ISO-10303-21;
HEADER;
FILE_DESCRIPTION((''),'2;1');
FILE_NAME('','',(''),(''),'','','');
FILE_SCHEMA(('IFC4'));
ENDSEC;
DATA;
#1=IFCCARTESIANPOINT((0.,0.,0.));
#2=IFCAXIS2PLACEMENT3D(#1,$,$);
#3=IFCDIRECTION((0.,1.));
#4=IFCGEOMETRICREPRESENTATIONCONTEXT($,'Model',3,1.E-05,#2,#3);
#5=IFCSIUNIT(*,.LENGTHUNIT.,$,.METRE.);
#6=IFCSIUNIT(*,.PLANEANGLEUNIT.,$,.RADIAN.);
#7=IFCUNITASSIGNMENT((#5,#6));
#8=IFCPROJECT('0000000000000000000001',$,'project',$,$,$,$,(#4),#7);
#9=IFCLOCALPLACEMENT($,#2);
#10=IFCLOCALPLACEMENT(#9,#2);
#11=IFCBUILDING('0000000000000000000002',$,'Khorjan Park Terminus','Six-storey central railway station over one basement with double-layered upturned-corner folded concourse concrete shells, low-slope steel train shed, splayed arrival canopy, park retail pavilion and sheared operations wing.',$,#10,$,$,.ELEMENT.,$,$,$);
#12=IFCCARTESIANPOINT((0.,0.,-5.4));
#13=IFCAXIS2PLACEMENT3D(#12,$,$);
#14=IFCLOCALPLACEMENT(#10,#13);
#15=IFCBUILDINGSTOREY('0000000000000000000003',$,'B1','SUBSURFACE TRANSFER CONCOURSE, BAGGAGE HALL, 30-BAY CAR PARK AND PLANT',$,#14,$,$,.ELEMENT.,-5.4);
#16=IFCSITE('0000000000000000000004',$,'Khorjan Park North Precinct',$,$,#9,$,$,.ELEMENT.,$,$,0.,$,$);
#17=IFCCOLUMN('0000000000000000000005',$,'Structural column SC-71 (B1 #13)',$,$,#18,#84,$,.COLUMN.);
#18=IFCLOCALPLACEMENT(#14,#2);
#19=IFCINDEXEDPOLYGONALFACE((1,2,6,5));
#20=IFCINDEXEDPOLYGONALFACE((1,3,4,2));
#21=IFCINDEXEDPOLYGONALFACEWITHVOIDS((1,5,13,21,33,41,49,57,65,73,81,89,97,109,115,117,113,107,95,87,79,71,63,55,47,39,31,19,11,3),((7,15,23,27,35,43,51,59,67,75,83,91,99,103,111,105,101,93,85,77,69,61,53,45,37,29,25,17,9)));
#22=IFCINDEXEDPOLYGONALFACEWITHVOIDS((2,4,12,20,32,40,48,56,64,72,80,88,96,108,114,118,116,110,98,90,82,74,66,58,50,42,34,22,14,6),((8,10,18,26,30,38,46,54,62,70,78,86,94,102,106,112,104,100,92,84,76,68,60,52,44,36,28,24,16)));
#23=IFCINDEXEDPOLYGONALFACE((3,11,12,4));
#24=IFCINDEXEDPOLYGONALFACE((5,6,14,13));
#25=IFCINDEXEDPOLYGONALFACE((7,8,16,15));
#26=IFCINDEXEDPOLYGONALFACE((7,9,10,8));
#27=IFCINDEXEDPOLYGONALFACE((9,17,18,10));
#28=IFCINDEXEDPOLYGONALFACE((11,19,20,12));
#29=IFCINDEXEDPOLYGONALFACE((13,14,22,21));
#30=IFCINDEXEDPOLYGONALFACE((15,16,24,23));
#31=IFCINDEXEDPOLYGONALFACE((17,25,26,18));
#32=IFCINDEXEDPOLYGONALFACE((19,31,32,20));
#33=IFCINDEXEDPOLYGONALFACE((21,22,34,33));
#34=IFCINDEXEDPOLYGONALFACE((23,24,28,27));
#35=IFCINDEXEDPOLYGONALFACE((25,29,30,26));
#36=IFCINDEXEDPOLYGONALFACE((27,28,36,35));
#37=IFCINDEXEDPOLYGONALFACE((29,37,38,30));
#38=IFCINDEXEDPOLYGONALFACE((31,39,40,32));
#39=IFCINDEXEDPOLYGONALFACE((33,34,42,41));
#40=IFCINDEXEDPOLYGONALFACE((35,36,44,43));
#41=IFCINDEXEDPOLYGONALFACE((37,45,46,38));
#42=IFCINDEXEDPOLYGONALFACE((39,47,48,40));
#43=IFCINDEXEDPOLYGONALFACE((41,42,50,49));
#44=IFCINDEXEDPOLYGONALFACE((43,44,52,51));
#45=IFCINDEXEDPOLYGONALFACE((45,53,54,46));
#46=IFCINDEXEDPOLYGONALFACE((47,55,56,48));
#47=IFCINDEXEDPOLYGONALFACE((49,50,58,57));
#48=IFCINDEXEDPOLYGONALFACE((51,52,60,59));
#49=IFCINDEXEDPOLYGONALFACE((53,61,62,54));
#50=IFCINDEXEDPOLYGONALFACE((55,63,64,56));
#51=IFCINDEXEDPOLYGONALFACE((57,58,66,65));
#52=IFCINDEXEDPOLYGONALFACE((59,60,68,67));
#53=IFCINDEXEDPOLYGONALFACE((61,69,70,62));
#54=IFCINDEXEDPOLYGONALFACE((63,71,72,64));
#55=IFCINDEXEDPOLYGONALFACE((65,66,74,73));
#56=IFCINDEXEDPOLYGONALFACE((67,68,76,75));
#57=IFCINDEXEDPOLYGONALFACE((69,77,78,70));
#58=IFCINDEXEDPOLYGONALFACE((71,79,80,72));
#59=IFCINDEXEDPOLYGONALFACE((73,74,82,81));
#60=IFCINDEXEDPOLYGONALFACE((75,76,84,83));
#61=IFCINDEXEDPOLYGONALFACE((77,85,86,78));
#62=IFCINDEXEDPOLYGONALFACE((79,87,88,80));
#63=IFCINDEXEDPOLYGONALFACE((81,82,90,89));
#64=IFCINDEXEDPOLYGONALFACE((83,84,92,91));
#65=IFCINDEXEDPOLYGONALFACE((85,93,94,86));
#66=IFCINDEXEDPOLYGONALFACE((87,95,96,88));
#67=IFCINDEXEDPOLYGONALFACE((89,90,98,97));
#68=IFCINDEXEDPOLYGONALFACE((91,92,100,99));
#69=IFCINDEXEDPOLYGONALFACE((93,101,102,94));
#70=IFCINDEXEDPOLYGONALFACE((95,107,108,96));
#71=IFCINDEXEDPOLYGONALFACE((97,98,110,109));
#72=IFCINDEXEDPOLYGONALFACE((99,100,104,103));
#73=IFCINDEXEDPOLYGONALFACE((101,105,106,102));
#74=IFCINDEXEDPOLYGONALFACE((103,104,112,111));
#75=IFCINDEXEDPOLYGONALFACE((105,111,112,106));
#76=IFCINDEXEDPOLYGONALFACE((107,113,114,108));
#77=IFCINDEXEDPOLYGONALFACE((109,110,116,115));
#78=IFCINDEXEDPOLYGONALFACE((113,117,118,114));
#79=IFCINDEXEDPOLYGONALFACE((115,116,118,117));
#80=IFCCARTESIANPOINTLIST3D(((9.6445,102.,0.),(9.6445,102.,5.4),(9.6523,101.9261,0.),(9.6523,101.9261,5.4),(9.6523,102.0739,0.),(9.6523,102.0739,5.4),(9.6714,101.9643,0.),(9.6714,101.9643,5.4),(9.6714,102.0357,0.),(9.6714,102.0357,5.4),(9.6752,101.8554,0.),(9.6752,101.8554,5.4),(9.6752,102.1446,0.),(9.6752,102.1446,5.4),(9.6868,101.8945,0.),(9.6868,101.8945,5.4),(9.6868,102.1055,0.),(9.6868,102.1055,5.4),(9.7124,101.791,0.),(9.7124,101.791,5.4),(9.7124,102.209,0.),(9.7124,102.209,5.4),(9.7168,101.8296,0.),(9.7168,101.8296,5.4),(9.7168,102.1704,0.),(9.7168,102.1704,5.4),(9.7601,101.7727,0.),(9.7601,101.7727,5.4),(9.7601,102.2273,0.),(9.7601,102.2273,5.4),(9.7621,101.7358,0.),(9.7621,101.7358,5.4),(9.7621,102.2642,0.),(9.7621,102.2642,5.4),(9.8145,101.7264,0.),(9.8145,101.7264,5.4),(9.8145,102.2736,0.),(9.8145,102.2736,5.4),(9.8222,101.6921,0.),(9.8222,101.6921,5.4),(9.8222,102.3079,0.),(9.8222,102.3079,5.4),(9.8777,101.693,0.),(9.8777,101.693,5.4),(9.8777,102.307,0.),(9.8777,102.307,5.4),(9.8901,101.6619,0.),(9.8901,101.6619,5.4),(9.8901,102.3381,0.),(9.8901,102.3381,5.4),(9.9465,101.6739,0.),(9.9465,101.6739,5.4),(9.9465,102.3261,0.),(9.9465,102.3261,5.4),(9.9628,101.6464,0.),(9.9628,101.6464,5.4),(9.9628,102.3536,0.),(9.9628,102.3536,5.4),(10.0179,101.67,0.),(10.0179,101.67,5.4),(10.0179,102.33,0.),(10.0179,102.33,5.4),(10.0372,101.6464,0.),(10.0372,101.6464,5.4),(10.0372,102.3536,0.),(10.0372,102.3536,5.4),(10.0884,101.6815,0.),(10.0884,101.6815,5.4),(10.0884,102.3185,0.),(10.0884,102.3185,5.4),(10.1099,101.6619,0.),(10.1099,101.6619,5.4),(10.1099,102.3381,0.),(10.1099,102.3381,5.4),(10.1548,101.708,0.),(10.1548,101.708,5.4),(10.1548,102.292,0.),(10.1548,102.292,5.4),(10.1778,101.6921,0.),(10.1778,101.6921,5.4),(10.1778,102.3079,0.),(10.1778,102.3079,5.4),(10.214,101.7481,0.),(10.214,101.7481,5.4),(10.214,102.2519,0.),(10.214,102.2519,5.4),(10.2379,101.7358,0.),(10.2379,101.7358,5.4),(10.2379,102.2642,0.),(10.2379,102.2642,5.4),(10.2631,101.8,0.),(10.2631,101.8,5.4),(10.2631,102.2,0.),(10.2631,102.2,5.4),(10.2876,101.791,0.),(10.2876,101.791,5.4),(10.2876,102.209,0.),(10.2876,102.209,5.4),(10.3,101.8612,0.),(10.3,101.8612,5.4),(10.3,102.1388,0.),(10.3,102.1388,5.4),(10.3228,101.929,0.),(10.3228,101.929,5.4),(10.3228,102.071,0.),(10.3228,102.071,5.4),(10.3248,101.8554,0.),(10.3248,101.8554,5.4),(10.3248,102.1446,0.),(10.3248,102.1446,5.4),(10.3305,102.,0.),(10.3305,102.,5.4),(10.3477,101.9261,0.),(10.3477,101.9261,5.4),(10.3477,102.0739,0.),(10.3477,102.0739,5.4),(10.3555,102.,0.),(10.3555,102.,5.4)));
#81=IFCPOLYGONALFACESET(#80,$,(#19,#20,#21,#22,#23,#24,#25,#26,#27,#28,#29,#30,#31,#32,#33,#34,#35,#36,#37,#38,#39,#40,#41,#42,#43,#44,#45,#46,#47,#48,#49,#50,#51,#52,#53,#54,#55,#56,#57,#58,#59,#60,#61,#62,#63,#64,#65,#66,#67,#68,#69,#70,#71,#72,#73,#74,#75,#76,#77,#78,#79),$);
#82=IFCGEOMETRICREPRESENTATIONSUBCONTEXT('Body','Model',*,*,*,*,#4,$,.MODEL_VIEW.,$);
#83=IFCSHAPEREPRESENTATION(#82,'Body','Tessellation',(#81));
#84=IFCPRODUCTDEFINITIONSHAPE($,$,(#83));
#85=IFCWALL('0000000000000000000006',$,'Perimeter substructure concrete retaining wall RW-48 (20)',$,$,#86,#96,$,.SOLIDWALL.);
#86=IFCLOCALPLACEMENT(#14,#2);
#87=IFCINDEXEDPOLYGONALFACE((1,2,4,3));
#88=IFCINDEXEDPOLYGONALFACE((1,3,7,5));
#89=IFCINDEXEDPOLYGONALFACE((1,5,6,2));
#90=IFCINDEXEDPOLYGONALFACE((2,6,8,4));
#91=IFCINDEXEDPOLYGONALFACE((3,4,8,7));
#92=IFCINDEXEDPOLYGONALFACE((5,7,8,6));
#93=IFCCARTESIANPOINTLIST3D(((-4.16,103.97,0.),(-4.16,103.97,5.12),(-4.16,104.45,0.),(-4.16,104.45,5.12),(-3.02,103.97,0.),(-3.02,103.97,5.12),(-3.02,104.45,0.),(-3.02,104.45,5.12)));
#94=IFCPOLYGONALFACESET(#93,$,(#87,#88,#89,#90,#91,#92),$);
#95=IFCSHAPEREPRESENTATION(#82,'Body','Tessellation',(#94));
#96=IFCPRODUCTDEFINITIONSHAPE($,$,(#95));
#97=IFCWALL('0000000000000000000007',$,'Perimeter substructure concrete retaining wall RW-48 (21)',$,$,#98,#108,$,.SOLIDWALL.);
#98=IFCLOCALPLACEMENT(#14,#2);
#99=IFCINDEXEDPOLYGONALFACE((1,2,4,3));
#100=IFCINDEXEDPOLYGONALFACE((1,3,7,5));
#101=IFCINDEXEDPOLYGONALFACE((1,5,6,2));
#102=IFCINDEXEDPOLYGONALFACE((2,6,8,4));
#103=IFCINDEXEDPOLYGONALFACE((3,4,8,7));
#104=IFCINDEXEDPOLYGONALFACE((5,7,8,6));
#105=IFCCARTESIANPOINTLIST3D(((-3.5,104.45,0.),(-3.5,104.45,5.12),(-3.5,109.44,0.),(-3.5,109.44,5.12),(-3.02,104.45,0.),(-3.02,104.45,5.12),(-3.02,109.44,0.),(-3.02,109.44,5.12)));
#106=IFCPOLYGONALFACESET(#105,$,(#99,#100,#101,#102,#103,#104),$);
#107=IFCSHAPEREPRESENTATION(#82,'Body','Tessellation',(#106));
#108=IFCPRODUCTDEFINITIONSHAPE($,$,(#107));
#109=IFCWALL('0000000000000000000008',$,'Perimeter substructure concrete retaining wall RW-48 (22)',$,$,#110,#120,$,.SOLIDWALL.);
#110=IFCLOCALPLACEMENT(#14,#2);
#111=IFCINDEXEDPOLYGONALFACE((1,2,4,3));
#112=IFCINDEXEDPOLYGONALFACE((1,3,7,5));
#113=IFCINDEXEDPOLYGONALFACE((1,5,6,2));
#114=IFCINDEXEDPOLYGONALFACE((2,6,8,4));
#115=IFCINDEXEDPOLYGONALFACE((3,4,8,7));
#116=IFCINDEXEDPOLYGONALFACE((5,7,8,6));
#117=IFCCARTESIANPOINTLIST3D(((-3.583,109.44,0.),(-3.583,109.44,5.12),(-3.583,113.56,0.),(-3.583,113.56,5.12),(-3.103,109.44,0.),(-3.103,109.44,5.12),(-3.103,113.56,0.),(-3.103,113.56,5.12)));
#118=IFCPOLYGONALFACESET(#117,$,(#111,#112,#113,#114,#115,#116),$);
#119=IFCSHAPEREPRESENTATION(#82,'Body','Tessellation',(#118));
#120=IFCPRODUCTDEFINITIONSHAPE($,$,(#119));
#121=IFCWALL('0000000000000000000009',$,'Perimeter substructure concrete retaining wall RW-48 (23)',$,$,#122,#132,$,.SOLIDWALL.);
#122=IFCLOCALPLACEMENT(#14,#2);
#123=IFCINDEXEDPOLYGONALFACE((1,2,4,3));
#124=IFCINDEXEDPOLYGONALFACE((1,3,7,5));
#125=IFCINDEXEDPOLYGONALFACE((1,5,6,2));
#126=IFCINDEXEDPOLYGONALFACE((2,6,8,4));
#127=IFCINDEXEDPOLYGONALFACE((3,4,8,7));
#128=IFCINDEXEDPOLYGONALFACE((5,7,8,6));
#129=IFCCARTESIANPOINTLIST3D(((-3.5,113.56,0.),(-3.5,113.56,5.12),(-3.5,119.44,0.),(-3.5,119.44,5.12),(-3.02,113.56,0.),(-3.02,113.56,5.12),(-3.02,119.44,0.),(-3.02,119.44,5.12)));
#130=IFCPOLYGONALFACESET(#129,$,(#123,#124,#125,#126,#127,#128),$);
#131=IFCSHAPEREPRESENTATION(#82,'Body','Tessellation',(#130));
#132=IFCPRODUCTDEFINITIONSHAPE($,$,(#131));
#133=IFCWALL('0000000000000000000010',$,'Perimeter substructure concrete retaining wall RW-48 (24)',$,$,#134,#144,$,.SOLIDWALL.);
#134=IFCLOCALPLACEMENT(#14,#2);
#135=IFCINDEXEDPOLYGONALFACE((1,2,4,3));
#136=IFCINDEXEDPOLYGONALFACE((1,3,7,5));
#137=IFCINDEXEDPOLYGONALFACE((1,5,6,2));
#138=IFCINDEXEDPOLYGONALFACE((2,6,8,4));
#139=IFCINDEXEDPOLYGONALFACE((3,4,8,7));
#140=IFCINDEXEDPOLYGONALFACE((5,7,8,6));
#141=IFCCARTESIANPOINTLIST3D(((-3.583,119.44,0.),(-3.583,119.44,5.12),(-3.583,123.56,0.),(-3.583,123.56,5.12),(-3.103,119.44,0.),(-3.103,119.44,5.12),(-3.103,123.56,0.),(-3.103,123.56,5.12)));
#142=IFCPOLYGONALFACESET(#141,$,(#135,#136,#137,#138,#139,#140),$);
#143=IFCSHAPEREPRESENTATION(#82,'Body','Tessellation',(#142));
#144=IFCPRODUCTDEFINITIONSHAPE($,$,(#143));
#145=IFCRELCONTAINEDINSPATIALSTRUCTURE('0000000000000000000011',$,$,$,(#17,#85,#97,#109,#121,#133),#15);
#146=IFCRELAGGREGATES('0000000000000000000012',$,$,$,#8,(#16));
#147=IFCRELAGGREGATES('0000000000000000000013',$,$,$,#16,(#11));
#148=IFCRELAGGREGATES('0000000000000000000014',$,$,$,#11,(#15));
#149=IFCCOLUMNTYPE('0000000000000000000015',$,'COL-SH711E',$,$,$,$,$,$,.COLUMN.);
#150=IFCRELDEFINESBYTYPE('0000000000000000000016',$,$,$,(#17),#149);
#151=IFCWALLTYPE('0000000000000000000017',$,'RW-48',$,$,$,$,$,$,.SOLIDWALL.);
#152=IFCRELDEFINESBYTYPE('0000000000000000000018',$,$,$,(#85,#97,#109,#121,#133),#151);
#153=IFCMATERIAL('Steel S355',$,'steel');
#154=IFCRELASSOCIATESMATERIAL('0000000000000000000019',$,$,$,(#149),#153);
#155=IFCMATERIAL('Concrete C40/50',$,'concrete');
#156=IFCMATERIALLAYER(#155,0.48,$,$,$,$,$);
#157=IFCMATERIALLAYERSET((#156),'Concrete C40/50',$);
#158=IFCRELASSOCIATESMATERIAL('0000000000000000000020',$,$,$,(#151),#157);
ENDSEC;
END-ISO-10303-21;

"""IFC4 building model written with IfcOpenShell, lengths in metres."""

from ifc_helpers import new_model, si_unit, direction, frame, frame_2d, origin, origin_2d, place, context, subcontext, project, spatial, rectangle, hollow_circle, extrude, material, layer, layer_set, material_profile, profile_set, type_object, element, save


model = new_model("IFC4")

# Units and contexts
model_context = context("Model", 3, precision=1e-05, world=origin(), true_north=direction((0.0, 1.0)))
body_context = subcontext(model_context, "Body", "Model", "MODEL_VIEW")
ifc_project = project(units=[si_unit("LENGTHUNIT", "METRE"), si_unit("PLANEANGLEUNIT", "RADIAN")], contexts=[model_context])

# Site, building, storey
site_placement = place(None, origin())
site = spatial("IfcSite", under=ifc_project, at=site_placement, Name="Khorjan Park North Precinct", CompositionType="ELEMENT", RefElevation=0.0)
building_placement = place(site_placement, origin())
building = spatial("IfcBuilding", under=site, at=building_placement, Name="Khorjan Park Terminus", Description="Six-storey central railway station over one basement with double-layered upturned-corner folded concourse concrete shells, low-slope steel train shed, splayed arrival canopy, park retail pavilion and sheared operations wing.", CompositionType="ELEMENT")
storey_placement = place(building_placement, frame((0.0, 0.0, -5.4)))
storey = spatial("IfcBuildingStorey", under=building, at=storey_placement, Name="B1", Description="SUBSURFACE TRANSFER CONCOURSE, BAGGAGE HALL, 30-BAY CAR PARK AND PLANT", CompositionType="ELEMENT", Elevation=-5.4)

# Shared definitions
ifc_material_1 = material(Name="Concrete C40/50", Category="concrete")

# Column
ifc_material_2 = material(Name="Steel S355", Category="steel")
ifc_material_profile_1 = material_profile(ifc_material_2, hollow_circle(Radius=0.3555, WallThickness=0.025, at=origin_2d()), Name="CHS 711x25")
ifc_profile_set_1 = profile_set([ifc_material_profile_1], Name="Steel S355")
column_type_1 = type_object("IfcColumnType", Name="COL-SH711E", PredefinedType="COLUMN", material=ifc_profile_set_1)
column_1_placement = place(storey_placement, frame((10.0, 102.0, 0.0), z_axis=(0.0, 0.0, 1.0), x_axis=(1.0, 0.0, 0.0)))
element("IfcColumn", 1, at=column_1_placement, inside=storey, type_object=column_type_1, Name="Structural column SC-71 (B1 #13)", PredefinedType="COLUMN", context=body_context, shape_type="SweptSolid", body=[
    extrude(hollow_circle(Radius=0.3555, WallThickness=0.025, at=origin_2d()), origin(), (0.0, 0.0, 1.0), 5.4),
])

# Walls
ifc_layer = layer(ifc_material_1, 0.48)
ifc_layer_set = layer_set([ifc_layer], Name="Concrete C40/50")
wall_type = type_object("IfcWallType", Name="RW-48", PredefinedType="SOLIDWALL", material=ifc_layer_set)
wall_1_placement = place(storey_placement, frame((-4.16, 104.21, 0.0), z_axis=(0.0, 0.0, 1.0), x_axis=(1.0, 0.0, 0.0)))
element("IfcWall", 2, at=wall_1_placement, inside=storey, type_object=wall_type, Name="Perimeter substructure concrete retaining wall RW-48 (20)", PredefinedType="SOLIDWALL", context=body_context, shape_type="SweptSolid", body=[
    extrude(rectangle(XDim=1.14, YDim=0.48, at=frame_2d((0.57, 0.0))), origin(), (0.0, 0.0, 1.0), 5.12),
])
wall_2_placement = place(storey_placement, frame((-3.26, 104.45, 0.0), z_axis=(0.0, 0.0, 1.0), x_axis=(0.0, 1.0, 0.0)))
element("IfcWall", 3, at=wall_2_placement, inside=storey, type_object=wall_type, Name="Perimeter substructure concrete retaining wall RW-48 (21)", PredefinedType="SOLIDWALL", context=body_context, shape_type="SweptSolid", body=[
    extrude(rectangle(XDim=4.99, YDim=0.48, at=frame_2d((2.495, 0.0))), origin(), (0.0, 0.0, 1.0), 5.12),
])
wall_3_placement = place(storey_placement, frame((-3.343, 109.44, 0.0), z_axis=(0.0, 0.0, 1.0), x_axis=(0.0, 1.0, 0.0)))
element("IfcWall", 4, at=wall_3_placement, inside=storey, type_object=wall_type, Name="Perimeter substructure concrete retaining wall RW-48 (22)", PredefinedType="SOLIDWALL", context=body_context, shape_type="SweptSolid", body=[
    extrude(rectangle(XDim=4.12, YDim=0.48, at=frame_2d((2.06, 0.0))), origin(), (0.0, 0.0, 1.0), 5.12),
])
wall_4_placement = place(storey_placement, frame((-3.26, 113.56, 0.0), z_axis=(0.0, 0.0, 1.0), x_axis=(0.0, 1.0, 0.0)))
element("IfcWall", 5, at=wall_4_placement, inside=storey, type_object=wall_type, Name="Perimeter substructure concrete retaining wall RW-48 (23)", PredefinedType="SOLIDWALL", context=body_context, shape_type="SweptSolid", body=[
    extrude(rectangle(XDim=5.88, YDim=0.48, at=frame_2d((2.94, 0.0))), origin(), (0.0, 0.0, 1.0), 5.12),
])
wall_5_placement = place(storey_placement, frame((-3.343, 119.44, 0.0), z_axis=(0.0, 0.0, 1.0), x_axis=(0.0, 1.0, 0.0)))
element("IfcWall", 6, at=wall_5_placement, inside=storey, type_object=wall_type, Name="Perimeter substructure concrete retaining wall RW-48 (24)", PredefinedType="SOLIDWALL", context=body_context, shape_type="SweptSolid", body=[
    extrude(rectangle(XDim=4.12, YDim=0.48, at=frame_2d((2.06, 0.0))), origin(), (0.0, 0.0, 1.0), 5.12),
])

save(model, "model.ifc")
